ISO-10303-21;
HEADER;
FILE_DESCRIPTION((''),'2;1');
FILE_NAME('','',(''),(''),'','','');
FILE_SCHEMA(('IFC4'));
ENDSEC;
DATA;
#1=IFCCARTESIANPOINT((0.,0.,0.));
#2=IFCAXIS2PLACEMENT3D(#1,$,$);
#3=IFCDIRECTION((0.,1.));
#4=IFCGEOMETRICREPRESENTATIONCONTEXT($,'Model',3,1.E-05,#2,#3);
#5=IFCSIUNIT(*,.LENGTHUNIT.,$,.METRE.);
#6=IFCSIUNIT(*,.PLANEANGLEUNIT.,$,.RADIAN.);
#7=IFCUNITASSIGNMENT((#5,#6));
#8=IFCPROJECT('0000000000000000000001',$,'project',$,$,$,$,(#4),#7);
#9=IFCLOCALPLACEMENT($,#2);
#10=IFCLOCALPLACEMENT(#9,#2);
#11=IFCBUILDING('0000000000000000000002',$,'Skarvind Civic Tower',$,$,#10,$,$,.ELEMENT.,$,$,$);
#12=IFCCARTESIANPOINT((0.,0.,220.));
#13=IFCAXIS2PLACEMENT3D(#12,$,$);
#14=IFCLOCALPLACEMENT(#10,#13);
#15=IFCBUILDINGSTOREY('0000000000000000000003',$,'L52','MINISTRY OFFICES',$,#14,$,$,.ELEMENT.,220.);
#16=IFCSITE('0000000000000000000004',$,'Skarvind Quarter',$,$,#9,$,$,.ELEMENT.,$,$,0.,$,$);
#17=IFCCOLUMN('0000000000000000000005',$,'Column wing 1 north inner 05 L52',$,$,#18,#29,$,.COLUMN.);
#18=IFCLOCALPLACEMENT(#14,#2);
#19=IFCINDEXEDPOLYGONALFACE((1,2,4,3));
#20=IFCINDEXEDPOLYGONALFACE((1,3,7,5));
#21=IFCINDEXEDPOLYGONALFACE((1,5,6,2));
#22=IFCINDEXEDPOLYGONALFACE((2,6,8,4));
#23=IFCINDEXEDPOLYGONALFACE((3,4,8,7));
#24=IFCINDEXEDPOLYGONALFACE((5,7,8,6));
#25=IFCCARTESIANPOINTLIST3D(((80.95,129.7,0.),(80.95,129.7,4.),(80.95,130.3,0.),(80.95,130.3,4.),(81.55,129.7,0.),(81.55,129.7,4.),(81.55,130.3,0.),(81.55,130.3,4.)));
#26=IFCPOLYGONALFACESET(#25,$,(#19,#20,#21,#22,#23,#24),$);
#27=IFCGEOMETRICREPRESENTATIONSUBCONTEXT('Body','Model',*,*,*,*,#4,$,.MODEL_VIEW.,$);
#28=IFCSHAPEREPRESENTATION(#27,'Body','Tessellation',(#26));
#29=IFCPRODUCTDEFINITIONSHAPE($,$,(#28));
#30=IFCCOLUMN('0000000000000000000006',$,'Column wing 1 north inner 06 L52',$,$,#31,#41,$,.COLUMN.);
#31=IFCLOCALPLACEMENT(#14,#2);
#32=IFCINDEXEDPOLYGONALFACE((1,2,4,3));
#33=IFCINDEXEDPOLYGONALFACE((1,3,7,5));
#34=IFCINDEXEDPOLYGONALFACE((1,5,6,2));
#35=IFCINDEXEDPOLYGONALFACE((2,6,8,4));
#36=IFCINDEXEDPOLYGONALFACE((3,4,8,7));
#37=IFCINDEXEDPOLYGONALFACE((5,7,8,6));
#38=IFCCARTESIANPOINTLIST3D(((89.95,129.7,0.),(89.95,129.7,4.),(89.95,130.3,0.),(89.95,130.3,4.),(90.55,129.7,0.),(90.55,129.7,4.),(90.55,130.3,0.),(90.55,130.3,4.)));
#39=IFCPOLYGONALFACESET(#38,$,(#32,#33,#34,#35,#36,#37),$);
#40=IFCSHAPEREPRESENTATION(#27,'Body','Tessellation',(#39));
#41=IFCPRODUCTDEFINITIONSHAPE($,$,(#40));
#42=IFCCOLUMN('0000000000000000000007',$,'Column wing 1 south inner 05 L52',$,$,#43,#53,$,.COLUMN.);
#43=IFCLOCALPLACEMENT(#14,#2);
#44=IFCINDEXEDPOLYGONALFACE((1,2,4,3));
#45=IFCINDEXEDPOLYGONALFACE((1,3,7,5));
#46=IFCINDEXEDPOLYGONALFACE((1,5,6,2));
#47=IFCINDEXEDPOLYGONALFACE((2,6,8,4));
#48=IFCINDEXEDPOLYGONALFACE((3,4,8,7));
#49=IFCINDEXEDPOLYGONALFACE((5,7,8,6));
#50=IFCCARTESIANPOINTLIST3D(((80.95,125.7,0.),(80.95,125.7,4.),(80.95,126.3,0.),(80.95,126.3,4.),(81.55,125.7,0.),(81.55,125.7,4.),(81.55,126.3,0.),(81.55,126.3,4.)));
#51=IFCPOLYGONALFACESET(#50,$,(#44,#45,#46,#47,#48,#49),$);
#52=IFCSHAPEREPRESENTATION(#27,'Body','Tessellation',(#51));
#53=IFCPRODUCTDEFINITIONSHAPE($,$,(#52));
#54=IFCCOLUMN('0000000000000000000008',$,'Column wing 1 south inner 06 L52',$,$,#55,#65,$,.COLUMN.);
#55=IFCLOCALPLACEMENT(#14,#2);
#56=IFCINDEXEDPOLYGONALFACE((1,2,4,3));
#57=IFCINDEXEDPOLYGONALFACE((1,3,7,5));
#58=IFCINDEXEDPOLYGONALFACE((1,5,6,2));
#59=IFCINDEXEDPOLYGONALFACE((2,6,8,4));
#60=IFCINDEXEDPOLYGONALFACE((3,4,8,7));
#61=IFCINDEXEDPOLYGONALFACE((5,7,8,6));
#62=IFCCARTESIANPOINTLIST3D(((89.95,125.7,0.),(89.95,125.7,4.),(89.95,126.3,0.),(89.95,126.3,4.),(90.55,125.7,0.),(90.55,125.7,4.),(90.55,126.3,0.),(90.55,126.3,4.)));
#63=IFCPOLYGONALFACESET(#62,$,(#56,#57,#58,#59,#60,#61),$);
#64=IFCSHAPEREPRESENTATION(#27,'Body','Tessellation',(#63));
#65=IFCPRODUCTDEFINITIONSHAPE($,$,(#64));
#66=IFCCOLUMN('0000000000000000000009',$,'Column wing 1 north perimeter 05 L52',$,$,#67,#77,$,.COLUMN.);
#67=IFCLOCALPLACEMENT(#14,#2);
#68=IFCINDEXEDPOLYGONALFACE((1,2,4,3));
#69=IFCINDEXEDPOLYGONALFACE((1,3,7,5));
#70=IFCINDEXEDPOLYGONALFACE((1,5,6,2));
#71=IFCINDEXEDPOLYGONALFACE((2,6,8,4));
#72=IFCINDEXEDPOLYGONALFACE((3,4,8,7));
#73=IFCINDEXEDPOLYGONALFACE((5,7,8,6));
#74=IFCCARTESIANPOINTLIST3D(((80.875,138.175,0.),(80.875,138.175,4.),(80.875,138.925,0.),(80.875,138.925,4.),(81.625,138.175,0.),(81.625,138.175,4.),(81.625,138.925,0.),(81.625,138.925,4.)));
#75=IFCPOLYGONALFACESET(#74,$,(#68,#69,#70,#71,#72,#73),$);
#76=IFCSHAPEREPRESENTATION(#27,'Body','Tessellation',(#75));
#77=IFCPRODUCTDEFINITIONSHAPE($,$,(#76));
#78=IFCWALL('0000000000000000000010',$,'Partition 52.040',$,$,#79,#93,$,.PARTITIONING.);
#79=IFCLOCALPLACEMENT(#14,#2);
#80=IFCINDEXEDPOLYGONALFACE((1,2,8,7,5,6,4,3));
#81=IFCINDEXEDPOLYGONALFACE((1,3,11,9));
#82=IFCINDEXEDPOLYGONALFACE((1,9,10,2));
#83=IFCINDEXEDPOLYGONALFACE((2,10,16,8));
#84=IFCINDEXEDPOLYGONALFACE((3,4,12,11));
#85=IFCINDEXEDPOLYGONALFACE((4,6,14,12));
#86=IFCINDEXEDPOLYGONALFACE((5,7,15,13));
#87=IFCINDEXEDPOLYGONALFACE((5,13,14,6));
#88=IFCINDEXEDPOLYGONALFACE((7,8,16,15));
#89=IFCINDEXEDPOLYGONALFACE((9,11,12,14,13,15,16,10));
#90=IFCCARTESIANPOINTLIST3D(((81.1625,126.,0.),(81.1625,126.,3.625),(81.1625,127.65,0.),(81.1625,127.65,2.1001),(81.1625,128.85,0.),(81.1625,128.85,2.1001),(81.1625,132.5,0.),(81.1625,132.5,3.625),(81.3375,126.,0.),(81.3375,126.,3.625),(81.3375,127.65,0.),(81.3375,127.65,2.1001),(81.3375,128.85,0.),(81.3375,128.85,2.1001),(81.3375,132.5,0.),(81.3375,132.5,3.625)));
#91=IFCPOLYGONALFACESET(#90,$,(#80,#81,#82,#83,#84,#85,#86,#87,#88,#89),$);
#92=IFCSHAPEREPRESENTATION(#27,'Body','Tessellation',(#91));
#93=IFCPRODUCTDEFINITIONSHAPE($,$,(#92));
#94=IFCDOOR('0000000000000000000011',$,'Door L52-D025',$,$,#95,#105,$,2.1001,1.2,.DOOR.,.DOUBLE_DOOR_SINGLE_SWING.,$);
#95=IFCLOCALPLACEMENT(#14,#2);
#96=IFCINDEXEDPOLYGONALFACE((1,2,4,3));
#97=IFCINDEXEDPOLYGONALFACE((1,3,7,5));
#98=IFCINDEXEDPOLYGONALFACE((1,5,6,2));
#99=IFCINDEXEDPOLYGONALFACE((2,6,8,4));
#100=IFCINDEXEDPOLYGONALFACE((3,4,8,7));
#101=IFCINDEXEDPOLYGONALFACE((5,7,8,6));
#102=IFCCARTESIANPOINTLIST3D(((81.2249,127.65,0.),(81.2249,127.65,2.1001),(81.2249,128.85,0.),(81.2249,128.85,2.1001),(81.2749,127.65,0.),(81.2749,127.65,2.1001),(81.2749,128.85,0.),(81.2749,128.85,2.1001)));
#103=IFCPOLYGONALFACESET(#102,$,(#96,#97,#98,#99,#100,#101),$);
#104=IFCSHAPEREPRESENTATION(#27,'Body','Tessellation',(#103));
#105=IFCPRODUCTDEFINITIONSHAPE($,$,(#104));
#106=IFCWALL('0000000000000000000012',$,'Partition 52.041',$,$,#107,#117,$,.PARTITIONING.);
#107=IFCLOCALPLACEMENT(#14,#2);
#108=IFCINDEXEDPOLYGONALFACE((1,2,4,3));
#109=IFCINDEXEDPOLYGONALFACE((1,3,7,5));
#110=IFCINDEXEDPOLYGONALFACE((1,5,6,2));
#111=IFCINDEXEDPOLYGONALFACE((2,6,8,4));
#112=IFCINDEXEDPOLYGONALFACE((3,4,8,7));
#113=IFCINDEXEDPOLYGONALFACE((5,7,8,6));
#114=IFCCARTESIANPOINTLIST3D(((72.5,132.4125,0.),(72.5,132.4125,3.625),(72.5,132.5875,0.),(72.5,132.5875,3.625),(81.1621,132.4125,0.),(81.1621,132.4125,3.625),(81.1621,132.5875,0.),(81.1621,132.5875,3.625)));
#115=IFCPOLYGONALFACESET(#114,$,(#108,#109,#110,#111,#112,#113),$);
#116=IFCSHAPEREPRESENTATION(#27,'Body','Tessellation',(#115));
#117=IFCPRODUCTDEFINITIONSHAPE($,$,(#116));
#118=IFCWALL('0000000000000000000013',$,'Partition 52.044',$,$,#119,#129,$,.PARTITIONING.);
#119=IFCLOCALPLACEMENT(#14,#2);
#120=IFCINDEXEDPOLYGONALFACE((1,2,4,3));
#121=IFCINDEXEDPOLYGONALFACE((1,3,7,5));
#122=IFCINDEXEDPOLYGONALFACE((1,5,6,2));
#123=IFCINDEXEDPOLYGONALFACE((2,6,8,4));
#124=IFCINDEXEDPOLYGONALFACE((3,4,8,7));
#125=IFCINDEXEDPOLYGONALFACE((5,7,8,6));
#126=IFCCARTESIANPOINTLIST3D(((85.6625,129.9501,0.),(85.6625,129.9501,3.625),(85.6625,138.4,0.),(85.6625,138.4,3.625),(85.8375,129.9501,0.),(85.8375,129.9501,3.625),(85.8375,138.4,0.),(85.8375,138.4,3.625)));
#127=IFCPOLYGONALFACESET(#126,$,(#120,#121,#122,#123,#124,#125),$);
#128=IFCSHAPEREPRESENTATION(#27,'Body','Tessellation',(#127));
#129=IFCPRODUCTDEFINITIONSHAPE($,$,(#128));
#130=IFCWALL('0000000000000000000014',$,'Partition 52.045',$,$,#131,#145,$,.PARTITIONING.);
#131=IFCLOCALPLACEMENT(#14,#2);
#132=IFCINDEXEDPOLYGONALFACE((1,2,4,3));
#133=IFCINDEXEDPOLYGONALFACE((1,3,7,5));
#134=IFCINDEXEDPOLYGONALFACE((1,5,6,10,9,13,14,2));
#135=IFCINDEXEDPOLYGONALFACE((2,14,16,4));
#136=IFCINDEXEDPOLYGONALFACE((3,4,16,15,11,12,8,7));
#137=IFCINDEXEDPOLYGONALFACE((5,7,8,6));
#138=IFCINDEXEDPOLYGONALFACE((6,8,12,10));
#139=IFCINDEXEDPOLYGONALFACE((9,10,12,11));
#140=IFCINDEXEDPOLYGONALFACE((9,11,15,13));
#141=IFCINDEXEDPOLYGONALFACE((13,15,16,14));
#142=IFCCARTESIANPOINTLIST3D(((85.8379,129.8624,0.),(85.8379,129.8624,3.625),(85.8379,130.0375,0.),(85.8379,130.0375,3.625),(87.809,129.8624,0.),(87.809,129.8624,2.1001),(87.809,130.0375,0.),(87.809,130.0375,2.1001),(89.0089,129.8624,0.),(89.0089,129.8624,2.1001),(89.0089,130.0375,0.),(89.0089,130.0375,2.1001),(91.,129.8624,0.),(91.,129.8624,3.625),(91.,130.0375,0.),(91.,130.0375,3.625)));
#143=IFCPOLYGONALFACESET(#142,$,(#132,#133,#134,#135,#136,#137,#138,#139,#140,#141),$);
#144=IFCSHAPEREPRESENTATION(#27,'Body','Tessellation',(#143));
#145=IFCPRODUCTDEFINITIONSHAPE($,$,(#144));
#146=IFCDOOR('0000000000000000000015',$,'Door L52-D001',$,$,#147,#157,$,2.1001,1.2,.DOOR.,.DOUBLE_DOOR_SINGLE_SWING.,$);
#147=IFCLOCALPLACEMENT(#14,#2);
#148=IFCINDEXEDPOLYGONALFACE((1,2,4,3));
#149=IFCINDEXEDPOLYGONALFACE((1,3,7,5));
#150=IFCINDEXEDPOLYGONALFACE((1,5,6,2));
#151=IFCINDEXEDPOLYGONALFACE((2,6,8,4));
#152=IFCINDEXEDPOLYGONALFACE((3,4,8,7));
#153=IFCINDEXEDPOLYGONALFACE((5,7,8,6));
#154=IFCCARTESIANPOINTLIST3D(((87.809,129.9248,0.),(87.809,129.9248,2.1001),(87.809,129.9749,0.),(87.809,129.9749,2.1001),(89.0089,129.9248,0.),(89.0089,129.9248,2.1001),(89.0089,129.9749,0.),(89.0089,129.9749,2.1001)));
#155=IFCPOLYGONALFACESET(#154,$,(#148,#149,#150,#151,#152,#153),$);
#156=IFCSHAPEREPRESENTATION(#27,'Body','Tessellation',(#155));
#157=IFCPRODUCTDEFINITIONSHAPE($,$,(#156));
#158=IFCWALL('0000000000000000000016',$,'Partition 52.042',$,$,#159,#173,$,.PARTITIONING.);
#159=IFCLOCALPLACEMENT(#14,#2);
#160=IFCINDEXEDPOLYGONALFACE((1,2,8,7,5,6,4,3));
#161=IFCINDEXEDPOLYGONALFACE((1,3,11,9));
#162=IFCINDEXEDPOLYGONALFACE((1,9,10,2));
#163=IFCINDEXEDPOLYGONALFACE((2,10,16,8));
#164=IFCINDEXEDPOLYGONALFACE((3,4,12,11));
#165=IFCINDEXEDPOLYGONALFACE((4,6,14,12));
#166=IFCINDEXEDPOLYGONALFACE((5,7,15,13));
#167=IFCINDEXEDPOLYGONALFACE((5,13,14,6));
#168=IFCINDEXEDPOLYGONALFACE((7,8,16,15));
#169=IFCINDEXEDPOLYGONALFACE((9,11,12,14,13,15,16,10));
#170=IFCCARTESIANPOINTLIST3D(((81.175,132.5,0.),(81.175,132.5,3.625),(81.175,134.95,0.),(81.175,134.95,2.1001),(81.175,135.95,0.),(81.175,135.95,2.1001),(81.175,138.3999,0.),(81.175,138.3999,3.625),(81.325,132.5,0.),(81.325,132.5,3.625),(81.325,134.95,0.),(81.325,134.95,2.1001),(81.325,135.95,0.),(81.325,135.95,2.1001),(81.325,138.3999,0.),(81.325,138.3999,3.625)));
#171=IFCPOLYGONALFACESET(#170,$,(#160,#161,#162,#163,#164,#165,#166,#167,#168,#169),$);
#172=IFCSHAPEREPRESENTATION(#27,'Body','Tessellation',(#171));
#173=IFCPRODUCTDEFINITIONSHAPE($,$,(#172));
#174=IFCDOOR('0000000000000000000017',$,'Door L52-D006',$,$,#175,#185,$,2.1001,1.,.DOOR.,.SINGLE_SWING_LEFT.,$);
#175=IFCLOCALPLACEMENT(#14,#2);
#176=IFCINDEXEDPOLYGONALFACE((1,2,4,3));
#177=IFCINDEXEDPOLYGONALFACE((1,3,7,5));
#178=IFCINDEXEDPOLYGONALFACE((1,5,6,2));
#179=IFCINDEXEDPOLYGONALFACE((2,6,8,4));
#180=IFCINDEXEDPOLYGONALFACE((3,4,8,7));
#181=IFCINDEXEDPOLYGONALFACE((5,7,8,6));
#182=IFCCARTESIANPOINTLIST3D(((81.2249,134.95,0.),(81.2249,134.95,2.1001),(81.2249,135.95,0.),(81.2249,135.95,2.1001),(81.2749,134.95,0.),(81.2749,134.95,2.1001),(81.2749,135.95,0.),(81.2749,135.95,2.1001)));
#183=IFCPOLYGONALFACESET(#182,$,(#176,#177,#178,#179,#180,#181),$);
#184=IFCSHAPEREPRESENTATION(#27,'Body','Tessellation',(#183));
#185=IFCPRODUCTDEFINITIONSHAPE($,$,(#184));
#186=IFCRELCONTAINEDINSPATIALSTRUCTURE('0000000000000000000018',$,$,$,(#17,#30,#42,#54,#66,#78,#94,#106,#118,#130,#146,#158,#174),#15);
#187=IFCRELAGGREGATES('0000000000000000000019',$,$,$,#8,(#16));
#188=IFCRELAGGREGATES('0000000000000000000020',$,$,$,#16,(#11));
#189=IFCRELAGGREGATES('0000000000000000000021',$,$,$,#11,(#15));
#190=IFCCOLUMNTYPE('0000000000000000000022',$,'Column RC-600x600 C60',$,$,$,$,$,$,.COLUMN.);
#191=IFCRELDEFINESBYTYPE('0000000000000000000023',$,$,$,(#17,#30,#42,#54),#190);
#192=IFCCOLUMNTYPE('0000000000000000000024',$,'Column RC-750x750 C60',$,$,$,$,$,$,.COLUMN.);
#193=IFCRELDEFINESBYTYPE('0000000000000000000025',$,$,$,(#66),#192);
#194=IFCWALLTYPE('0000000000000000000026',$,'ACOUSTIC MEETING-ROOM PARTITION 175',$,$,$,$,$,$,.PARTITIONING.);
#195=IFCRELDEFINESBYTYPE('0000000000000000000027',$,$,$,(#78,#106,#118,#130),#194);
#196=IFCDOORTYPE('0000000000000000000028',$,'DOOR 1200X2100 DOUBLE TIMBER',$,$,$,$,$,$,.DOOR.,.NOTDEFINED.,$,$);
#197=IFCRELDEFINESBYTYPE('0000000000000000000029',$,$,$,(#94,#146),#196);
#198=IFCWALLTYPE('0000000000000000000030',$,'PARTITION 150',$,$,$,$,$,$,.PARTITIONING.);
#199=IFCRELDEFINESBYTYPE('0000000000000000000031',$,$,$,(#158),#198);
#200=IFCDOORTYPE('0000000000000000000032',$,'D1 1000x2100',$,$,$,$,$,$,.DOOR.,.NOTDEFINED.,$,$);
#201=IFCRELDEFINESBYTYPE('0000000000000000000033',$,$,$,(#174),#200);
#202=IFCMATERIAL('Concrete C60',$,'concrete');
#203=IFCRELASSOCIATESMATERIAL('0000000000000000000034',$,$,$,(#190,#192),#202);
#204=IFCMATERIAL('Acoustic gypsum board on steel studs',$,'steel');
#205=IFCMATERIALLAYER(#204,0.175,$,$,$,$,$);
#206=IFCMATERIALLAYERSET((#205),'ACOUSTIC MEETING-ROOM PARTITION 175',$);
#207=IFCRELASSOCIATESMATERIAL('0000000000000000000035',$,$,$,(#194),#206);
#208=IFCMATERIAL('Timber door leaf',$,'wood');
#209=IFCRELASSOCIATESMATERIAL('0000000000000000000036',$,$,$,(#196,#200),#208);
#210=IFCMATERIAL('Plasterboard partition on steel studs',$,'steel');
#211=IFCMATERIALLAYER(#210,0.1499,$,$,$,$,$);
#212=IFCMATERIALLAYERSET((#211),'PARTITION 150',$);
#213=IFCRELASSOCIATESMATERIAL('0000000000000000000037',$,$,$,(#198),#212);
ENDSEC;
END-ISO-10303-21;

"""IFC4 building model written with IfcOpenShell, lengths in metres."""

from ifc_helpers import new_model, si_unit, direction, frame, frame_2d, origin, origin_2d, place, context, subcontext, project, spatial, rectangle, extrude, material, layer, layer_set, material_profile, profile_set, type_object, element, fill, save


model = new_model("IFC4")

# Units and contexts
model_context = context("Model", 3, precision=1e-05, world=origin(), true_north=direction((0.0, 1.0)))
body_context = subcontext(model_context, "Body", "Model", "MODEL_VIEW")
ifc_project = project(units=[si_unit("LENGTHUNIT", "METRE"), si_unit("PLANEANGLEUNIT", "RADIAN")], contexts=[model_context])

# Site, building, storey
site_placement = place(None, origin())
site = spatial("IfcSite", under=ifc_project, at=site_placement, Name="Skarvind Quarter", CompositionType="ELEMENT", RefElevation=0.0)
building_placement = place(site_placement, origin())
building = spatial("IfcBuilding", under=site, at=building_placement, Name="Skarvind Civic Tower", CompositionType="ELEMENT")
storey_placement = place(building_placement, frame((0.0, 0.0, 220.0)))
storey = spatial("IfcBuildingStorey", under=building, at=storey_placement, Name="L52", Description="MINISTRY OFFICES", CompositionType="ELEMENT", Elevation=220.0)

# Columns
ifc_material_1 = material(Name="Concrete C60", Category="concrete")
ifc_material_profile_1 = material_profile(ifc_material_1, rectangle(XDim=0.6001, YDim=0.6001, at=origin_2d()), Name="RC-600x600")
ifc_profile_set_1 = profile_set([ifc_material_profile_1], Name="Concrete C60")
column_type_1 = type_object("IfcColumnType", Name="Column RC-600x600 C60", PredefinedType="COLUMN", material=ifc_profile_set_1)
for number, where, z_axis, x_axis, name in (
    (1, (81.25, 130.0, 0.0), (0.0, 0.0, 1.0), (1.0, 0.0, 0.0), "Column wing 1 north inner 05 L52"),
    (2, (90.25, 130.0, 0.0), (0.0, 0.0, 1.0), (1.0, 0.0, 0.0), "Column wing 1 north inner 06 L52"),
    (3, (81.25, 126.0, 0.0), (0.0, 0.0, 1.0), (1.0, 0.0, 0.0), "Column wing 1 south inner 05 L52"),
    (4, (90.25, 126.0, 0.0), (0.0, 0.0, 1.0), (1.0, 0.0, 0.0), "Column wing 1 south inner 06 L52"),
):
    element("IfcColumn", number, at=place(storey_placement, frame(where, z_axis=z_axis, x_axis=x_axis)), inside=storey, type_object=column_type_1, Name=name, PredefinedType="COLUMN", context=body_context, shape_type="SweptSolid", body=[
        extrude(rectangle(XDim=0.6001, YDim=0.6001, at=origin_2d()), origin(), (0.0, 0.0, 1.0), 4.0),
    ])
ifc_material_profile_2 = material_profile(ifc_material_1, rectangle(XDim=0.75, YDim=0.75, at=origin_2d()), Name="RC-750x750")
ifc_profile_set_2 = profile_set([ifc_material_profile_2], Name="Concrete C60")
column_type_2 = type_object("IfcColumnType", Name="Column RC-750x750 C60", PredefinedType="COLUMN", material=ifc_profile_set_2)
column_placement = place(storey_placement, frame((81.25, 138.55, 0.0), z_axis=(0.0, 0.0, 1.0), x_axis=(1.0, 0.0, 0.0)))
element("IfcColumn", 5, at=column_placement, inside=storey, type_object=column_type_2, Name="Column wing 1 north perimeter 05 L52", PredefinedType="COLUMN", context=body_context, shape_type="SweptSolid", body=[
    extrude(rectangle(XDim=0.75, YDim=0.75, at=origin_2d()), origin(), (0.0, 0.0, 1.0), 4.0),
])

# Wall, opening, door
ifc_material_2 = material(Name="Acoustic gypsum board on steel studs", Category="steel")
ifc_layer_1 = layer(ifc_material_2, 0.175)
ifc_layer_set_1 = layer_set([ifc_layer_1], Name="ACOUSTIC MEETING-ROOM PARTITION 175")
wall_type_1 = type_object("IfcWallType", Name="ACOUSTIC MEETING-ROOM PARTITION 175", PredefinedType="PARTITIONING", material=ifc_layer_set_1)
wall_1_placement = place(storey_placement, frame((81.25, 132.5, 0.0), z_axis=(0.0, 0.0, 1.0), x_axis=(0.0, -1.0, 0.0)))
wall_1 = element("IfcWall", 6, at=wall_1_placement, inside=storey, type_object=wall_type_1, Name="Partition 52.040", PredefinedType="PARTITIONING", context=body_context, shape_type="SweptSolid", body=[
    extrude(rectangle(XDim=6.5, YDim=0.175, at=frame_2d((3.25, 0.0))), origin(), (0.0, 0.0, 1.0), 3.625),
])
opening_1_placement = place(wall_1_placement, frame((3.6499, 0.0, 0.0)))
opening_1 = element("IfcOpeningElement", 7, at=opening_1_placement, cuts=wall_1, PredefinedType="OPENING", context=body_context, shape_type="SweptSolid", body=[
    extrude(rectangle(XDim=1.2, YDim=2.1001, at=frame_2d((0.6001, 1.05))), frame((0.0, 0.0974, 0.0), z_axis=(0.0, -1.0, 0.0), x_axis=(1.0, 0.0, 0.0)), (0.0, 0.0, 1.0), 0.1951),
])
ifc_material_3 = material(Name="Timber door leaf", Category="wood")
door_type_1 = type_object("IfcDoorType", Name="DOOR 1200X2100 DOUBLE TIMBER", OperationType="NOTDEFINED", PredefinedType="DOOR", material=ifc_material_3)
door_1_placement = place(opening_1_placement, origin())
door_1 = element("IfcDoor", 8, at=door_1_placement, inside=storey, type_object=door_type_1, Name="Door L52-D025", OperationType="DOUBLE_DOOR_SINGLE_SWING", OverallHeight=2.1001, OverallWidth=1.2, PredefinedType="DOOR", context=body_context, shape_type="SweptSolid", body=[
    extrude(rectangle(XDim=1.2, YDim=2.1001, at=frame_2d((0.6001, 1.05))), frame((0.0, 0.0249, 0.0), z_axis=(0.0, -1.0, 0.0), x_axis=(1.0, 0.0, 0.0)), (0.0, 0.0, 1.0), 0.05),
])
fill(opening_1, door_1)

# Walls
wall_2_placement = place(storey_placement, frame((81.1621, 132.5, 0.0), z_axis=(0.0, 0.0, 1.0), x_axis=(-1.0, 0.0, 0.0)))
element("IfcWall", 9, at=wall_2_placement, inside=storey, type_object=wall_type_1, Name="Partition 52.041", PredefinedType="PARTITIONING", context=body_context, shape_type="SweptSolid", body=[
    extrude(rectangle(XDim=8.6621, YDim=0.175, at=frame_2d((4.3311, 0.0))), origin(), (0.0, 0.0, 1.0), 3.625),
])
wall_3_placement = place(storey_placement, frame((85.75, 129.95, 0.0), z_axis=(0.0, 0.0, 1.0), x_axis=(0.0, 1.0, 0.0)))
element("IfcWall", 10, at=wall_3_placement, inside=storey, type_object=wall_type_1, Name="Partition 52.044", PredefinedType="PARTITIONING", context=body_context, shape_type="SweptSolid", body=[
    extrude(rectangle(XDim=8.45, YDim=0.175, at=frame_2d((4.2251, 0.0))), origin(), (0.0, 0.0, 1.0), 3.625),
])

# Walls, openings, doors
wall_4_placement = place(storey_placement, frame((85.8379, 129.95, 0.0), z_axis=(0.0, 0.0, 1.0), x_axis=(1.0, 0.0, 0.0)))
wall_4 = element("IfcWall", 11, at=wall_4_placement, inside=storey, type_object=wall_type_1, Name="Partition 52.045", PredefinedType="PARTITIONING", context=body_context, shape_type="SweptSolid", body=[
    extrude(rectangle(XDim=5.1621, YDim=0.175, at=frame_2d((2.5811, 0.0))), origin(), (0.0, 0.0, 1.0), 3.625),
])
opening_2_placement = place(wall_4_placement, frame((1.9709, 0.0, 0.0)))
opening_2 = element("IfcOpeningElement", 12, at=opening_2_placement, cuts=wall_4, PredefinedType="OPENING", context=body_context, shape_type="SweptSolid", body=[
    extrude(rectangle(XDim=1.2, YDim=2.1001, at=frame_2d((0.6001, 1.05))), frame((0.0, 0.0974, 0.0), z_axis=(0.0, -1.0, 0.0), x_axis=(1.0, 0.0, 0.0)), (0.0, 0.0, 1.0), 0.1951),
])
door_2_placement = place(opening_2_placement, origin())
door_2 = element("IfcDoor", 13, at=door_2_placement, inside=storey, type_object=door_type_1, Name="Door L52-D001", OperationType="DOUBLE_DOOR_SINGLE_SWING", OverallHeight=2.1001, OverallWidth=1.2, PredefinedType="DOOR", context=body_context, shape_type="SweptSolid", body=[
    extrude(rectangle(XDim=1.2, YDim=2.1001, at=frame_2d((0.6001, 1.05))), frame((0.0, 0.0249, 0.0), z_axis=(0.0, -1.0, 0.0), x_axis=(1.0, 0.0, 0.0)), (0.0, 0.0, 1.0), 0.05),
])
fill(opening_2, door_2)
ifc_material_4 = material(Name="Plasterboard partition on steel studs", Category="steel")
ifc_layer_2 = layer(ifc_material_4, 0.1499)
ifc_layer_set_2 = layer_set([ifc_layer_2], Name="PARTITION 150")
wall_type_2 = type_object("IfcWallType", Name="PARTITION 150", PredefinedType="PARTITIONING", material=ifc_layer_set_2)
wall_5_placement = place(storey_placement, frame((81.25, 138.3999, 0.0), z_axis=(0.0, 0.0, 1.0), x_axis=(0.0, -1.0, 0.0)))
wall_5 = element("IfcWall", 14, at=wall_5_placement, inside=storey, type_object=wall_type_2, Name="Partition 52.042", PredefinedType="PARTITIONING", context=body_context, shape_type="SweptSolid", body=[
    extrude(rectangle(XDim=5.8999, YDim=0.1499, at=frame_2d((2.95, 0.0))), origin(), (0.0, 0.0, 1.0), 3.625),
])
opening_3_placement = place(wall_5_placement, frame((2.45, 0.0, 0.0)))
opening_3 = element("IfcOpeningElement", 15, at=opening_3_placement, cuts=wall_5, PredefinedType="OPENING", context=body_context, shape_type="SweptSolid", body=[
    extrude(rectangle(XDim=1.0, YDim=2.1001, at=frame_2d((0.5, 1.05))), frame((0.0, 0.085, 0.0), z_axis=(0.0, -1.0, 0.0), x_axis=(1.0, 0.0, 0.0)), (0.0, 0.0, 1.0), 0.1699),
])
door_type_2 = type_object("IfcDoorType", Name="D1 1000x2100", OperationType="NOTDEFINED", PredefinedType="DOOR", material=ifc_material_3)
door_3_placement = place(opening_3_placement, origin())
door_3 = element("IfcDoor", 16, at=door_3_placement, inside=storey, type_object=door_type_2, Name="Door L52-D006", OperationType="SINGLE_SWING_LEFT", OverallHeight=2.1001, OverallWidth=1.0, PredefinedType="DOOR", context=body_context, shape_type="SweptSolid", body=[
    extrude(rectangle(XDim=1.0, YDim=2.1001, at=frame_2d((0.5, 1.05))), frame((0.0, 0.0249, 0.0), z_axis=(0.0, -1.0, 0.0), x_axis=(1.0, 0.0, 0.0)), (0.0, 0.0, 1.0), 0.05),
])
fill(opening_3, door_3)

save(model, "model.ifc")
